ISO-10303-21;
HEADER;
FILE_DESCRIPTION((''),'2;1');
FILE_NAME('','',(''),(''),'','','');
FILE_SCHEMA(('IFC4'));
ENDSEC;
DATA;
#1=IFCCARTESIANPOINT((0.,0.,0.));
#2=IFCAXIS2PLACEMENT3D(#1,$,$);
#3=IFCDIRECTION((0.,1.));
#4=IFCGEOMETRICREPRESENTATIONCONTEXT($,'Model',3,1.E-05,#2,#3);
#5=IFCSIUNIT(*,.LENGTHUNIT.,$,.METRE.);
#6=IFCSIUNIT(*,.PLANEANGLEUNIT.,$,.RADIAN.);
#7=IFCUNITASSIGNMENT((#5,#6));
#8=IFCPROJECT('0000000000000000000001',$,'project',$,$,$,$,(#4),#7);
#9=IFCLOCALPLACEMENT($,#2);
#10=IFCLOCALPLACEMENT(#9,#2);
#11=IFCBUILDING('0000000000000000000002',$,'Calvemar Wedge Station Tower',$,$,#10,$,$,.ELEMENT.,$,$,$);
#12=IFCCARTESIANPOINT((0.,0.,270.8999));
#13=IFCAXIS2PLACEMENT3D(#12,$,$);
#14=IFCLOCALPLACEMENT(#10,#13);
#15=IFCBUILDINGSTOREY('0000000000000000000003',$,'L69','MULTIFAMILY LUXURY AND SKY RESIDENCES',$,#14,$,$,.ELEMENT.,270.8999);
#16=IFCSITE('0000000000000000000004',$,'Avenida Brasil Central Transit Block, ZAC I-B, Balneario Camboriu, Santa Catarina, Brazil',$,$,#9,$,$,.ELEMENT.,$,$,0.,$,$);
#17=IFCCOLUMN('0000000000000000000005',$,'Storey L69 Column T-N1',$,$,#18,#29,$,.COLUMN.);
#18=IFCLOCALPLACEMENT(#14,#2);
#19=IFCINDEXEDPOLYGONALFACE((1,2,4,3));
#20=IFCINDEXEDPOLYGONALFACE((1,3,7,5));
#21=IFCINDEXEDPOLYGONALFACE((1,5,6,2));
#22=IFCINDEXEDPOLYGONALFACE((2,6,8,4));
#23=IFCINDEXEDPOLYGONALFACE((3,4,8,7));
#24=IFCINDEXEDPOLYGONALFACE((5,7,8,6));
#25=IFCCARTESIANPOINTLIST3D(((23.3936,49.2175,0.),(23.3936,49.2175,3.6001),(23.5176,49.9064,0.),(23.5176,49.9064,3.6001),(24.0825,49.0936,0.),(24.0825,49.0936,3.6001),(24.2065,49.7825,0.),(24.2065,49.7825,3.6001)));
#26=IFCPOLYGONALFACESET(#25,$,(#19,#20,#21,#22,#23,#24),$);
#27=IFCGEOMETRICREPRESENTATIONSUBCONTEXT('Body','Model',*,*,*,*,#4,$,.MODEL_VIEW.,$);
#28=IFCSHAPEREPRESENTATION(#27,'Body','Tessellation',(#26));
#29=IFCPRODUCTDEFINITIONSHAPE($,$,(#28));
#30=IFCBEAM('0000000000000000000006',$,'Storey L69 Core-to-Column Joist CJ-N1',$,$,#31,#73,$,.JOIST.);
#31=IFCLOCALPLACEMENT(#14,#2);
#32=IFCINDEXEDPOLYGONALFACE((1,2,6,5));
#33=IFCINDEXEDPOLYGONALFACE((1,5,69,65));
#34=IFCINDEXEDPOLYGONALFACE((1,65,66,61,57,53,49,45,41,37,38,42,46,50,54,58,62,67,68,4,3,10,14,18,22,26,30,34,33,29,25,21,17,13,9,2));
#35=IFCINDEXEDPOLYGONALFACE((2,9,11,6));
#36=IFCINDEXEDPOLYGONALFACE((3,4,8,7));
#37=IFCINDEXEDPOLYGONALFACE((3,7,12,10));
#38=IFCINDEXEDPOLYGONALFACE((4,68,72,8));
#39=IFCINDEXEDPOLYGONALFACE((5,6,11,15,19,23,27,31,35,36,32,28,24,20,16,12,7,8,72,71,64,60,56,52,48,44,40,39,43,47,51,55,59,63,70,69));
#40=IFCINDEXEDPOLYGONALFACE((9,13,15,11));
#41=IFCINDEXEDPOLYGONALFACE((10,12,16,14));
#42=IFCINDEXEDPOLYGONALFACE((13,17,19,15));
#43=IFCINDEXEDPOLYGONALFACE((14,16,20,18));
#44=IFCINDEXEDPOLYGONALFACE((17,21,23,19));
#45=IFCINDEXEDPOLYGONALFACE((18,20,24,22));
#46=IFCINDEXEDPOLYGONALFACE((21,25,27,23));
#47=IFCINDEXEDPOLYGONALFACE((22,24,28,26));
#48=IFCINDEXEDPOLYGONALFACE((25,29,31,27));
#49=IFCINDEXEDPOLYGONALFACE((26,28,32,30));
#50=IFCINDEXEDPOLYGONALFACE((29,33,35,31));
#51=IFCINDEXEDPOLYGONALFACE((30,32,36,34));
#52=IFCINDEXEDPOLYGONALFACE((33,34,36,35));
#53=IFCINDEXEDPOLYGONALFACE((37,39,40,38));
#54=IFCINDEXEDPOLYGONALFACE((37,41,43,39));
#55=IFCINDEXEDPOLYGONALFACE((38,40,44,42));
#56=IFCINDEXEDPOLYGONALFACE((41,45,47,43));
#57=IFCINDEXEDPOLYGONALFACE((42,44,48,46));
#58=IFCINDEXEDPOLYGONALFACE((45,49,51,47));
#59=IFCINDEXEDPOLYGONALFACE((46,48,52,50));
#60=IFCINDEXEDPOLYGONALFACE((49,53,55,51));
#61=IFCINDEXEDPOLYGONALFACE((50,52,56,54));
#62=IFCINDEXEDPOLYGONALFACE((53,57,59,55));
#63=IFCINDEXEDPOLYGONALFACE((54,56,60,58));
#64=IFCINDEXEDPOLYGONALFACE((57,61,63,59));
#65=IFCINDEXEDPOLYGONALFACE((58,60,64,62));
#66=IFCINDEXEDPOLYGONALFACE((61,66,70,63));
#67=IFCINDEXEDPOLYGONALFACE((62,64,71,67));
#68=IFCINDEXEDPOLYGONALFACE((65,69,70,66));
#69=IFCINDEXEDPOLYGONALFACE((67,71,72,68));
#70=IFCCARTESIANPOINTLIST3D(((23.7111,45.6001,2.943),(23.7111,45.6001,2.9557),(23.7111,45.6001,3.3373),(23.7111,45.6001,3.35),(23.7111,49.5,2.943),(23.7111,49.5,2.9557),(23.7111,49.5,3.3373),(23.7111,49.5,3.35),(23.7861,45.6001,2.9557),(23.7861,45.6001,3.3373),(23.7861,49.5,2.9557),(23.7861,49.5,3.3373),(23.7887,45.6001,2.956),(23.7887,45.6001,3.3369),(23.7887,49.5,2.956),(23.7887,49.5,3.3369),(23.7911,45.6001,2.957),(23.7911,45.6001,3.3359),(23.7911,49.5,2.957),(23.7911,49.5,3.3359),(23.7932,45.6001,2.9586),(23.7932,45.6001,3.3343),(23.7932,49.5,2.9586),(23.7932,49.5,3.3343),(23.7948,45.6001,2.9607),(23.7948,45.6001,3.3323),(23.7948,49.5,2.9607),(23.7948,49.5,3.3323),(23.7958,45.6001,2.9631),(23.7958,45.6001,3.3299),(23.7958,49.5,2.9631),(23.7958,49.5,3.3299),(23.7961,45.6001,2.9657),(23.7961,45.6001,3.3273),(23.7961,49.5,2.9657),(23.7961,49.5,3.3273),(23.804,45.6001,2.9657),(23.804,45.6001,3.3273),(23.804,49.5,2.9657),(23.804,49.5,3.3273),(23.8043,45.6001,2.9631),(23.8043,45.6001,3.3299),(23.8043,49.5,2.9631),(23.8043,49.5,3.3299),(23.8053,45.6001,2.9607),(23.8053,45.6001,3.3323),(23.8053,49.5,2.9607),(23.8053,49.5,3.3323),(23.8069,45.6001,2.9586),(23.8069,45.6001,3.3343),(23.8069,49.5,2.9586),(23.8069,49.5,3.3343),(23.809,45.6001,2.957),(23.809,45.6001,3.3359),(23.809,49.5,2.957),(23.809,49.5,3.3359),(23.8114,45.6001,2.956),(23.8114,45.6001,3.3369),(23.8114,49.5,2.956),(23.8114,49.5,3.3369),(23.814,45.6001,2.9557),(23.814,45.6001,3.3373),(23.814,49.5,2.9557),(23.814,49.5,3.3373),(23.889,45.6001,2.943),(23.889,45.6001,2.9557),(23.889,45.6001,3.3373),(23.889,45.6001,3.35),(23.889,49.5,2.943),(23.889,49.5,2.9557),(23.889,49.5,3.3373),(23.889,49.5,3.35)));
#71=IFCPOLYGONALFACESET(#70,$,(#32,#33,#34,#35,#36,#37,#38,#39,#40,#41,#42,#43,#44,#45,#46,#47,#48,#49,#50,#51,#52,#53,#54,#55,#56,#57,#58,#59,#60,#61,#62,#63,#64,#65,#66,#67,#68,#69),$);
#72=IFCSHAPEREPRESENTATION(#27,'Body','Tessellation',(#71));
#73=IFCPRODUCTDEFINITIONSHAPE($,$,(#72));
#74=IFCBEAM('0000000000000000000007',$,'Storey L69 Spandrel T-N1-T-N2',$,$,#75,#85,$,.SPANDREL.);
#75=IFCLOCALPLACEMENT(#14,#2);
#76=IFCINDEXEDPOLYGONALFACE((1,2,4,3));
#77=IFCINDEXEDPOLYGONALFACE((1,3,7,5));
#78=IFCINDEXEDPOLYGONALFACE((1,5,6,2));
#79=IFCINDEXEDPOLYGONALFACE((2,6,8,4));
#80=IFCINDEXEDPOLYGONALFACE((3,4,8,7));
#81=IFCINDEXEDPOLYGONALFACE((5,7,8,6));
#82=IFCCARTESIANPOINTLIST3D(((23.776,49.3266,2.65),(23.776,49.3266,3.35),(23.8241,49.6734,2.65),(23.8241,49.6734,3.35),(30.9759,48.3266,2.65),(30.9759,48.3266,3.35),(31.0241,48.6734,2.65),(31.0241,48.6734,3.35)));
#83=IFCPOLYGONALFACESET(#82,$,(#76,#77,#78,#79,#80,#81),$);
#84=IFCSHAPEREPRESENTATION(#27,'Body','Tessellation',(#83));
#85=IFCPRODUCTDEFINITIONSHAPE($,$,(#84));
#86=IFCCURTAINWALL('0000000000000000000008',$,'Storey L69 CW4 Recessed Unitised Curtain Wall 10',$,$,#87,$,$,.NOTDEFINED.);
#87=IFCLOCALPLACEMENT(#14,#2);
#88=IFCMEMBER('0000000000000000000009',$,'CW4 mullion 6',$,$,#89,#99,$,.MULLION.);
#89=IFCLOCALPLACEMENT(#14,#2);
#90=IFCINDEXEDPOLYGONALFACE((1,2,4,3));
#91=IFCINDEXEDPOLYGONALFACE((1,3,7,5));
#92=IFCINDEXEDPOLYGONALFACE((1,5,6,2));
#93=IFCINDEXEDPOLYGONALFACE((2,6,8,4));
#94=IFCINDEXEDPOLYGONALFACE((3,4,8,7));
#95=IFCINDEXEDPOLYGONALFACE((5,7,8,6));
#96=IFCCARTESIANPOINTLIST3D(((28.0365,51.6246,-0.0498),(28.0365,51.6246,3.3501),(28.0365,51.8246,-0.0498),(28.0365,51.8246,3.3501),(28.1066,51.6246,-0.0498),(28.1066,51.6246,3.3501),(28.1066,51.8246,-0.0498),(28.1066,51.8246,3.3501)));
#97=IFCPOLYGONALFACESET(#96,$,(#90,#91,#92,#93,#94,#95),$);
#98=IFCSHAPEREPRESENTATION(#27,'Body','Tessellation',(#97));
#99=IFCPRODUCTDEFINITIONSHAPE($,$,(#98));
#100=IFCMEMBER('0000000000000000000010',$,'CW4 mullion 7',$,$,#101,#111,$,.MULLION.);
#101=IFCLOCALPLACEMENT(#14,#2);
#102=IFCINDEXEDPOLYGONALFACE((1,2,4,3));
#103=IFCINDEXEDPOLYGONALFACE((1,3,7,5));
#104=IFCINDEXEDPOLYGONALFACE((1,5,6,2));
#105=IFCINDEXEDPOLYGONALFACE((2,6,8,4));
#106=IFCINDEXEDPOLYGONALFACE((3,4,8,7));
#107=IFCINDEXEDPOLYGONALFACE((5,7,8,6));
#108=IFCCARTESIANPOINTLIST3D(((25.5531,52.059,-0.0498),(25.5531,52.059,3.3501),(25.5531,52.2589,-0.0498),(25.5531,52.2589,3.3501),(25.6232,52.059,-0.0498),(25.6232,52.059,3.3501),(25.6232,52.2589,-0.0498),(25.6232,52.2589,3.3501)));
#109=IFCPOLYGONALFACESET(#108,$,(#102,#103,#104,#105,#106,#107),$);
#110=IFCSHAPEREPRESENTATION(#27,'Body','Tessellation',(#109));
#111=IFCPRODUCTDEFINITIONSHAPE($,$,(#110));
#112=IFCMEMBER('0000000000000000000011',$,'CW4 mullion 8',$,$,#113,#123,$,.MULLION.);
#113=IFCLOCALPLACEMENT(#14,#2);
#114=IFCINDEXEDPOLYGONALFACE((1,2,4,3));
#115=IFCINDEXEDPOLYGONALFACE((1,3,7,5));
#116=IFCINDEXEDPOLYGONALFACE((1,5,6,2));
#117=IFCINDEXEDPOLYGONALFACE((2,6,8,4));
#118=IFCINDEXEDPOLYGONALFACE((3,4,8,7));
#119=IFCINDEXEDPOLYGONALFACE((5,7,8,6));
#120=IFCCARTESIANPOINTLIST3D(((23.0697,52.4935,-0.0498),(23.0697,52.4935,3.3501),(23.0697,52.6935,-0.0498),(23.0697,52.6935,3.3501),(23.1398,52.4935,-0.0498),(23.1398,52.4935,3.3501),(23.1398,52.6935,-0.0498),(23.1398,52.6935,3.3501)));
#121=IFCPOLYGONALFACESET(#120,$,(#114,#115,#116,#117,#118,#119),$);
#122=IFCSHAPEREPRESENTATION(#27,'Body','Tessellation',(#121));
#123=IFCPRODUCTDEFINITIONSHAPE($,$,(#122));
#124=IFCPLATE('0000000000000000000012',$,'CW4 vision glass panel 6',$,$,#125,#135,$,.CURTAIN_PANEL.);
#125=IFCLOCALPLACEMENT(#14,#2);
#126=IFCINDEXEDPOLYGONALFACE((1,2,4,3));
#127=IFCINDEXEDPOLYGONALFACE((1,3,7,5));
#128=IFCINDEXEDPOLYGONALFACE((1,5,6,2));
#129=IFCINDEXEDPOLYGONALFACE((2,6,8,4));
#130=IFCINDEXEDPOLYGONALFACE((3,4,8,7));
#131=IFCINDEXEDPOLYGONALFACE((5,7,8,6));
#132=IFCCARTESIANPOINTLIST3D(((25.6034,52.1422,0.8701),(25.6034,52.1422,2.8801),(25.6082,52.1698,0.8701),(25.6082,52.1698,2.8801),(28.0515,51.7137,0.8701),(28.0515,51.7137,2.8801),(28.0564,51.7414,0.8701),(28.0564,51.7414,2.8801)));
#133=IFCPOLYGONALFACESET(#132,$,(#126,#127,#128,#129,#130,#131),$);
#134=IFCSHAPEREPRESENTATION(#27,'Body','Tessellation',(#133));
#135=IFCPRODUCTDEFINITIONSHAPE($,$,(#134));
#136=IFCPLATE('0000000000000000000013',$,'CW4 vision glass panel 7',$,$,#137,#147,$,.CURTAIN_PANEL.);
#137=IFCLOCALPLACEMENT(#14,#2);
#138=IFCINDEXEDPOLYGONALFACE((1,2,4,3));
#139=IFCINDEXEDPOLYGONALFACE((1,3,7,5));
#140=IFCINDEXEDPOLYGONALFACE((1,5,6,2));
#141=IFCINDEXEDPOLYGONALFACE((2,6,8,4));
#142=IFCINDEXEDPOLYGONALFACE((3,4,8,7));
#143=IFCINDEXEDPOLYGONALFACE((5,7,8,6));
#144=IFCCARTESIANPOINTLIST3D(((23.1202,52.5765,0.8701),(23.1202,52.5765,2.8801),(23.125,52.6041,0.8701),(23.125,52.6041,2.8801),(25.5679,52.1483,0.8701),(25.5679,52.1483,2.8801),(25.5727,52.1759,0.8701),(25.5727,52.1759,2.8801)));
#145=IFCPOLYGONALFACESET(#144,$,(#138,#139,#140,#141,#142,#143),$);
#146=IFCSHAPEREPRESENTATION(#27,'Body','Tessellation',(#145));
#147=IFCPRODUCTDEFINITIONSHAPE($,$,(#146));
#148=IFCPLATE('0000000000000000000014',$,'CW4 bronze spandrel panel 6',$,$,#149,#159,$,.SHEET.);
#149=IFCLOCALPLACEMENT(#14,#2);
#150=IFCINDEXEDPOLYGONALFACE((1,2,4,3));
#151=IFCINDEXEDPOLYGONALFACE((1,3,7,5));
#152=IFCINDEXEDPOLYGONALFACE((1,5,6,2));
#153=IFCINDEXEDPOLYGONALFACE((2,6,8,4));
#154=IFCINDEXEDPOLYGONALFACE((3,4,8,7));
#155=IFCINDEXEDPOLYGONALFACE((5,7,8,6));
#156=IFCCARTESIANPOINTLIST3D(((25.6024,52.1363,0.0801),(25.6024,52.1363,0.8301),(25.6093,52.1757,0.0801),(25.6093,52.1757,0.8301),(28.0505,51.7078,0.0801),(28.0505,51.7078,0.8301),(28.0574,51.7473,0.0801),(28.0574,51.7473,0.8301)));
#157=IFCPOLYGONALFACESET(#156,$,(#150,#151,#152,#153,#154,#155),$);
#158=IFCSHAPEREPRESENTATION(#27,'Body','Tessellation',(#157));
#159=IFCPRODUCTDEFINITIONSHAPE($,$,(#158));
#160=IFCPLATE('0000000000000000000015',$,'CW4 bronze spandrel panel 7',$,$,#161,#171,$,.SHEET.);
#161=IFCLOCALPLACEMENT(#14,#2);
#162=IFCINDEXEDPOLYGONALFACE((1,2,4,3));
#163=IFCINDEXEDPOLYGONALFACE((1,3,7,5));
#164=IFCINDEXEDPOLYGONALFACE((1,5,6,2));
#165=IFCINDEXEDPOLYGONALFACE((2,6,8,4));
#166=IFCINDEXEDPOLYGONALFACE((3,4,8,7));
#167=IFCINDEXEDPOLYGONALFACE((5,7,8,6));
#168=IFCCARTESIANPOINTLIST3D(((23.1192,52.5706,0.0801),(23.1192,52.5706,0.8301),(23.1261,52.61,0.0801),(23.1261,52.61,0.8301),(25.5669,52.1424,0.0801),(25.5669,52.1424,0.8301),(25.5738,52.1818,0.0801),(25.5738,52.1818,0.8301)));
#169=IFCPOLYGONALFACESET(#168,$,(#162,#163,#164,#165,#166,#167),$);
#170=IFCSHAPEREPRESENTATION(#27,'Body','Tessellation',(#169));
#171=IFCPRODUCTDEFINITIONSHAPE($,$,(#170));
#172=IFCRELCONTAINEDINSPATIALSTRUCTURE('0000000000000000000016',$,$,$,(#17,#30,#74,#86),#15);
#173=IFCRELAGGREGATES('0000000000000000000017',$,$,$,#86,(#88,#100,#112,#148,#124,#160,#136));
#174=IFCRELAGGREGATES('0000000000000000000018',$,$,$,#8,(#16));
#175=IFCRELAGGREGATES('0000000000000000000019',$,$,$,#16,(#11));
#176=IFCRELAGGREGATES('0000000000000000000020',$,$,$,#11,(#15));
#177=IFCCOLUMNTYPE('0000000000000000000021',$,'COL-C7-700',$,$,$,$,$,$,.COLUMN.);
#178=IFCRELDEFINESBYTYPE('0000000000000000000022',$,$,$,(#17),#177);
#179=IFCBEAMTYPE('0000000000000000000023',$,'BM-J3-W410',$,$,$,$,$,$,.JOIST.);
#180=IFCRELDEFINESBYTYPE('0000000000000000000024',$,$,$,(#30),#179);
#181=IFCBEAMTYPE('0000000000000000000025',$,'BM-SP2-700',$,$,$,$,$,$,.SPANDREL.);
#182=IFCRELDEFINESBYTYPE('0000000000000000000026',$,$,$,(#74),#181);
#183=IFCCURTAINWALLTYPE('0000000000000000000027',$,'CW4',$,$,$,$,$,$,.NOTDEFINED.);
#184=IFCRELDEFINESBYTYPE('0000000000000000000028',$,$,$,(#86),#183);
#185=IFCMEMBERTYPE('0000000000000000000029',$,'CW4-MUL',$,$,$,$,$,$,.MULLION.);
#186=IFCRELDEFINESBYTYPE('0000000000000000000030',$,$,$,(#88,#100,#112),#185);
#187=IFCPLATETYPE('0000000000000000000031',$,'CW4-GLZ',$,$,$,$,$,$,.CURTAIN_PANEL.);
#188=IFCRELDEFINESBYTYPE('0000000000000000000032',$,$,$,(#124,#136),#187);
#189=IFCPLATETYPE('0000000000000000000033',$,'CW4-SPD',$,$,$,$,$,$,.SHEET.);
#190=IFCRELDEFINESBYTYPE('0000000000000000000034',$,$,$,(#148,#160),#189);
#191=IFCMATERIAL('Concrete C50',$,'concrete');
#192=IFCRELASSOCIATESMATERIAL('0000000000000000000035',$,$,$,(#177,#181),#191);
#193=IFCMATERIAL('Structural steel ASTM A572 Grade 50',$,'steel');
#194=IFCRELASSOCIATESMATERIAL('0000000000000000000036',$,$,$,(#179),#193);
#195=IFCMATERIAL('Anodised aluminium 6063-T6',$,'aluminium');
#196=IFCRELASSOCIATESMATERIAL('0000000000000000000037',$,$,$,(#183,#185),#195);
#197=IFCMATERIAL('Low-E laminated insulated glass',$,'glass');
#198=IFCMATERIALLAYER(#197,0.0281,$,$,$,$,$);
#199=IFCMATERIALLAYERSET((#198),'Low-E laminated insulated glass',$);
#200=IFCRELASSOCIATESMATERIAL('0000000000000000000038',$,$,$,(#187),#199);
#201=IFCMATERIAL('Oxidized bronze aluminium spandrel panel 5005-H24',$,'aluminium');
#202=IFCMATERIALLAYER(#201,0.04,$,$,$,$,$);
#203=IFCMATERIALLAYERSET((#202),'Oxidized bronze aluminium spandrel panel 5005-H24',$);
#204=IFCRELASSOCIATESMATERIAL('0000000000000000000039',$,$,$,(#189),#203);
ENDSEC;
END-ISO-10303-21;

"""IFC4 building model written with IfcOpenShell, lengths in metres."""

from ifc_helpers import new_model, si_unit, direction, frame, frame_2d, origin, origin_2d, place, context, subcontext, project, spatial, rectangle, i_section, extrude, source, transform, mapped, material, layer, layer_set, material_profile, profile_set, type_object, element, aggregate, save


model = new_model("IFC4")

# Units and contexts
model_context = context("Model", 3, precision=1e-05, world=origin(), true_north=direction((0.0, 1.0)))
body_context = subcontext(model_context, "Body", "Model", "MODEL_VIEW")
ifc_project = project(units=[si_unit("LENGTHUNIT", "METRE"), si_unit("PLANEANGLEUNIT", "RADIAN")], contexts=[model_context])

# Site, building, storey
site_placement = place(None, origin())
site = spatial("IfcSite", under=ifc_project, at=site_placement, Name="Avenida Brasil Central Transit Block, ZAC I-B, Balneario Camboriu, Santa Catarina, Brazil", CompositionType="ELEMENT", RefElevation=0.0)
building_placement = place(site_placement, origin())
building = spatial("IfcBuilding", under=site, at=building_placement, Name="Calvemar Wedge Station Tower", CompositionType="ELEMENT")
storey_placement = place(building_placement, frame((0.0, 0.0, 270.8999)))
storey = spatial("IfcBuildingStorey", under=building, at=storey_placement, Name="L69", Description="MULTIFAMILY LUXURY AND SKY RESIDENCES", CompositionType="ELEMENT", Elevation=270.8999)

# Column
ifc_material_1 = material(Name="Concrete C50", Category="concrete")
ifc_material_profile_1 = material_profile(ifc_material_1, rectangle(XDim=0.7, YDim=0.7, at=origin_2d()), Name="RC700x700")
ifc_profile_set_1 = profile_set([ifc_material_profile_1], Name="Concrete C50")
column_type = type_object("IfcColumnType", Name="COL-C7-700", PredefinedType="COLUMN", material=ifc_profile_set_1)
shared_shape_1 = source(origin(), body_context, "Body", "SweptSolid", [
    extrude(rectangle(XDim=0.7, YDim=0.7, at=origin_2d()), origin(), (0.0, 0.0, 1.0), 3.6001),
])
column_placement = place(storey_placement, frame((23.8, 49.5, 0.0), z_axis=(0.0, 0.0, 1.0), x_axis=(0.984196, -0.177085, 0.0)))
element("IfcColumn", 1, at=column_placement, inside=storey, type_object=column_type, Name="Storey L69 Column T-N1", PredefinedType="COLUMN", context=body_context, shape_type="MappedRepresentation", body=[
    mapped(shared_shape_1, transform((0.0, 0.0, 0.0), scale=1.0)),
])

# Beams
ifc_material_2 = material(Name="Structural steel ASTM A572 Grade 50", Category="steel")
ifc_material_profile_2 = material_profile(ifc_material_2, i_section(OverallWidth=0.178, OverallDepth=0.407, WebThickness=0.0078, FlangeThickness=0.0127, FilletRadius=0.01, at=origin_2d()), Name="W410x60")
ifc_profile_set_2 = profile_set([ifc_material_profile_2], Name="Structural steel ASTM A572 Grade 50")
beam_type_1 = type_object("IfcBeamType", Name="BM-J3-W410", PredefinedType="JOIST", material=ifc_profile_set_2)
shared_shape_2 = source(origin(), body_context, "Body", "SweptSolid", [
    extrude(i_section(OverallWidth=0.178, OverallDepth=0.407, WebThickness=0.0078, FlangeThickness=0.0127, FilletRadius=0.01, at=origin_2d()), origin(), (0.0, 0.0, 1.0), 3.8999),
])
beam_1_placement = place(storey_placement, frame((23.8, 45.6001, 3.1465), z_axis=(0.0, 1.0, 0.0), x_axis=(-1.0, 0.0, 0.0)))
element("IfcBeam", 2, at=beam_1_placement, inside=storey, type_object=beam_type_1, Name="Storey L69 Core-to-Column Joist CJ-N1", PredefinedType="JOIST", context=body_context, shape_type="MappedRepresentation", body=[
    mapped(shared_shape_2, transform((0.0, 0.0, 0.0), scale=1.0)),
])
ifc_material_profile_3 = material_profile(ifc_material_1, rectangle(XDim=0.3501, YDim=0.7, at=origin_2d()), Name="RC350x700")
ifc_profile_set_3 = profile_set([ifc_material_profile_3], Name="Concrete C50")
beam_type_2 = type_object("IfcBeamType", Name="BM-SP2-700", PredefinedType="SPANDREL", material=ifc_profile_set_3)
shared_shape_3 = source(origin(), body_context, "Body", "SweptSolid", [
    extrude(rectangle(XDim=0.3501, YDim=0.7, at=origin_2d()), origin(), (0.0, 0.0, 1.0), 7.269),
])
beam_2_placement = place(storey_placement, frame((23.8, 49.5, 3.0), z_axis=(0.990492, -0.137569, 0.0), x_axis=(0.137569, 0.990492, 0.0)))
element("IfcBeam", 3, at=beam_2_placement, inside=storey, type_object=beam_type_2, Name="Storey L69 Spandrel T-N1-T-N2", PredefinedType="SPANDREL", context=body_context, shape_type="MappedRepresentation", body=[
    mapped(shared_shape_3, transform((0.0, 0.0, 0.0), scale=1.0)),
])

# Curtain wall, members, plates
ifc_material_3 = material(Name="Anodised aluminium 6063-T6", Category="aluminium")
curtain_wall_type = type_object("IfcCurtainWallType", Name="CW4", PredefinedType="NOTDEFINED", material=ifc_material_3)
curtain_wall_placement = place(storey_placement, origin())
curtain_wall = element("IfcCurtainWall", 4, at=curtain_wall_placement, inside=storey, type_object=curtain_wall_type, Name="Storey L69 CW4 Recessed Unitised Curtain Wall 10", PredefinedType="NOTDEFINED")
ifc_material_profile_4 = material_profile(ifc_material_3, rectangle(XDim=0.0701, YDim=0.2, at=origin_2d()), Name="AL-MUL-70x200")
ifc_profile_set_4 = profile_set([ifc_material_profile_4], Name="Anodised aluminium 6063-T6")
member_type = type_object("IfcMemberType", Name="CW4-MUL", PredefinedType="MULLION", material=ifc_profile_set_4)
shared_shape_4 = source(origin(), body_context, "Body", "SweptSolid", [
    extrude(rectangle(XDim=0.0701, YDim=0.2, at=origin_2d()), origin(), (0.0, 0.0, 1.0), 3.3999),
])
member_1_placement = place(storey_placement, frame((28.0715, 51.7246, -0.0498), z_axis=(0.0, 0.0, 1.0), x_axis=(1.0, 0.0, 0.0)))
member_1 = element("IfcMember", 5, at=member_1_placement, type_object=member_type, Name="CW4 mullion 6", PredefinedType="MULLION", context=body_context, shape_type="MappedRepresentation", body=[
    mapped(shared_shape_4, transform((0.0, 0.0, 0.0), scale=1.0)),
])
member_2_placement = place(storey_placement, frame((25.5881, 52.1589, -0.0498), z_axis=(0.0, 0.0, 1.0), x_axis=(1.0, 0.0, 0.0)))
member_2 = element("IfcMember", 6, at=member_2_placement, type_object=member_type, Name="CW4 mullion 7", PredefinedType="MULLION", context=body_context, shape_type="MappedRepresentation", body=[
    mapped(shared_shape_4, transform((0.0, 0.0, 0.0), scale=1.0)),
])
member_3_placement = place(storey_placement, frame((23.1047, 52.5935, -0.0498), z_axis=(0.0, 0.0, 1.0), x_axis=(1.0, 0.0, 0.0)))
member_3 = element("IfcMember", 7, at=member_3_placement, type_object=member_type, Name="CW4 mullion 8", PredefinedType="MULLION", context=body_context, shape_type="MappedRepresentation", body=[
    mapped(shared_shape_4, transform((0.0, 0.0, 0.0), scale=1.0)),
])
ifc_material_4 = material(Name="Low-E laminated insulated glass", Category="glass")
ifc_layer_1 = layer(ifc_material_4, 0.0281)
ifc_layer_set_1 = layer_set([ifc_layer_1], Name="Low-E laminated insulated glass")
plate_type_1 = type_object("IfcPlateType", Name="CW4-GLZ", PredefinedType="CURTAIN_PANEL", material=ifc_layer_set_1)
plate_1_placement = place(storey_placement, frame((28.054, 51.7275, 0.8701), z_axis=(0.0, 0.0, 1.0), x_axis=(-0.985029, 0.17239, 0.0)))
plate_1 = element("IfcPlate", 8, at=plate_1_placement, type_object=plate_type_1, Name="CW4 vision glass panel 6", PredefinedType="CURTAIN_PANEL", context=body_context, shape_type="SweptSolid", body=[
    extrude(rectangle(XDim=2.4854, YDim=0.0281, at=frame_2d((1.2427, 0.0))), origin(), (0.0, 0.0, 1.0), 2.01),
])
plate_2_placement = place(storey_placement, frame((25.5703, 52.1621, 0.8701), z_axis=(0.0, 0.0, 1.0), x_axis=(-0.98504, 0.172328, 0.0)))
plate_2 = element("IfcPlate", 9, at=plate_2_placement, type_object=plate_type_1, Name="CW4 vision glass panel 7", PredefinedType="CURTAIN_PANEL", context=body_context, shape_type="SweptSolid", body=[
    extrude(rectangle(XDim=2.4849, YDim=0.0281, at=frame_2d((1.2424, 0.0))), origin(), (0.0, 0.0, 1.0), 2.01),
])
ifc_material_5 = material(Name="Oxidized bronze aluminium spandrel panel 5005-H24", Category="aluminium")
ifc_layer_2 = layer(ifc_material_5, 0.04)
ifc_layer_set_2 = layer_set([ifc_layer_2], Name="Oxidized bronze aluminium spandrel panel 5005-H24")
plate_type_2 = type_object("IfcPlateType", Name="CW4-SPD", PredefinedType="SHEET", material=ifc_layer_set_2)
plate_3_placement = place(storey_placement, frame((28.054, 51.7275, 0.0801), z_axis=(0.0, 0.0, 1.0), x_axis=(-0.985029, 0.17239, 0.0)))
plate_3 = element("IfcPlate", 10, at=plate_3_placement, type_object=plate_type_2, Name="CW4 bronze spandrel panel 6", PredefinedType="SHEET", context=body_context, shape_type="SweptSolid", body=[
    extrude(rectangle(XDim=2.4854, YDim=0.04, at=frame_2d((1.2427, 0.0))), origin(), (0.0, 0.0, 1.0), 0.75),
])
plate_4_placement = place(storey_placement, frame((25.5703, 52.1621, 0.0801), z_axis=(0.0, 0.0, 1.0), x_axis=(-0.98504, 0.172328, 0.0)))
plate_4 = element("IfcPlate", 11, at=plate_4_placement, type_object=plate_type_2, Name="CW4 bronze spandrel panel 7", PredefinedType="SHEET", context=body_context, shape_type="SweptSolid", body=[
    extrude(rectangle(XDim=2.4849, YDim=0.04, at=frame_2d((1.2424, 0.0))), origin(), (0.0, 0.0, 1.0), 0.75),
])
aggregate(curtain_wall, [member_1, member_2, member_3, plate_3, plate_1, plate_4, plate_2])

save(model, "model.ifc")
